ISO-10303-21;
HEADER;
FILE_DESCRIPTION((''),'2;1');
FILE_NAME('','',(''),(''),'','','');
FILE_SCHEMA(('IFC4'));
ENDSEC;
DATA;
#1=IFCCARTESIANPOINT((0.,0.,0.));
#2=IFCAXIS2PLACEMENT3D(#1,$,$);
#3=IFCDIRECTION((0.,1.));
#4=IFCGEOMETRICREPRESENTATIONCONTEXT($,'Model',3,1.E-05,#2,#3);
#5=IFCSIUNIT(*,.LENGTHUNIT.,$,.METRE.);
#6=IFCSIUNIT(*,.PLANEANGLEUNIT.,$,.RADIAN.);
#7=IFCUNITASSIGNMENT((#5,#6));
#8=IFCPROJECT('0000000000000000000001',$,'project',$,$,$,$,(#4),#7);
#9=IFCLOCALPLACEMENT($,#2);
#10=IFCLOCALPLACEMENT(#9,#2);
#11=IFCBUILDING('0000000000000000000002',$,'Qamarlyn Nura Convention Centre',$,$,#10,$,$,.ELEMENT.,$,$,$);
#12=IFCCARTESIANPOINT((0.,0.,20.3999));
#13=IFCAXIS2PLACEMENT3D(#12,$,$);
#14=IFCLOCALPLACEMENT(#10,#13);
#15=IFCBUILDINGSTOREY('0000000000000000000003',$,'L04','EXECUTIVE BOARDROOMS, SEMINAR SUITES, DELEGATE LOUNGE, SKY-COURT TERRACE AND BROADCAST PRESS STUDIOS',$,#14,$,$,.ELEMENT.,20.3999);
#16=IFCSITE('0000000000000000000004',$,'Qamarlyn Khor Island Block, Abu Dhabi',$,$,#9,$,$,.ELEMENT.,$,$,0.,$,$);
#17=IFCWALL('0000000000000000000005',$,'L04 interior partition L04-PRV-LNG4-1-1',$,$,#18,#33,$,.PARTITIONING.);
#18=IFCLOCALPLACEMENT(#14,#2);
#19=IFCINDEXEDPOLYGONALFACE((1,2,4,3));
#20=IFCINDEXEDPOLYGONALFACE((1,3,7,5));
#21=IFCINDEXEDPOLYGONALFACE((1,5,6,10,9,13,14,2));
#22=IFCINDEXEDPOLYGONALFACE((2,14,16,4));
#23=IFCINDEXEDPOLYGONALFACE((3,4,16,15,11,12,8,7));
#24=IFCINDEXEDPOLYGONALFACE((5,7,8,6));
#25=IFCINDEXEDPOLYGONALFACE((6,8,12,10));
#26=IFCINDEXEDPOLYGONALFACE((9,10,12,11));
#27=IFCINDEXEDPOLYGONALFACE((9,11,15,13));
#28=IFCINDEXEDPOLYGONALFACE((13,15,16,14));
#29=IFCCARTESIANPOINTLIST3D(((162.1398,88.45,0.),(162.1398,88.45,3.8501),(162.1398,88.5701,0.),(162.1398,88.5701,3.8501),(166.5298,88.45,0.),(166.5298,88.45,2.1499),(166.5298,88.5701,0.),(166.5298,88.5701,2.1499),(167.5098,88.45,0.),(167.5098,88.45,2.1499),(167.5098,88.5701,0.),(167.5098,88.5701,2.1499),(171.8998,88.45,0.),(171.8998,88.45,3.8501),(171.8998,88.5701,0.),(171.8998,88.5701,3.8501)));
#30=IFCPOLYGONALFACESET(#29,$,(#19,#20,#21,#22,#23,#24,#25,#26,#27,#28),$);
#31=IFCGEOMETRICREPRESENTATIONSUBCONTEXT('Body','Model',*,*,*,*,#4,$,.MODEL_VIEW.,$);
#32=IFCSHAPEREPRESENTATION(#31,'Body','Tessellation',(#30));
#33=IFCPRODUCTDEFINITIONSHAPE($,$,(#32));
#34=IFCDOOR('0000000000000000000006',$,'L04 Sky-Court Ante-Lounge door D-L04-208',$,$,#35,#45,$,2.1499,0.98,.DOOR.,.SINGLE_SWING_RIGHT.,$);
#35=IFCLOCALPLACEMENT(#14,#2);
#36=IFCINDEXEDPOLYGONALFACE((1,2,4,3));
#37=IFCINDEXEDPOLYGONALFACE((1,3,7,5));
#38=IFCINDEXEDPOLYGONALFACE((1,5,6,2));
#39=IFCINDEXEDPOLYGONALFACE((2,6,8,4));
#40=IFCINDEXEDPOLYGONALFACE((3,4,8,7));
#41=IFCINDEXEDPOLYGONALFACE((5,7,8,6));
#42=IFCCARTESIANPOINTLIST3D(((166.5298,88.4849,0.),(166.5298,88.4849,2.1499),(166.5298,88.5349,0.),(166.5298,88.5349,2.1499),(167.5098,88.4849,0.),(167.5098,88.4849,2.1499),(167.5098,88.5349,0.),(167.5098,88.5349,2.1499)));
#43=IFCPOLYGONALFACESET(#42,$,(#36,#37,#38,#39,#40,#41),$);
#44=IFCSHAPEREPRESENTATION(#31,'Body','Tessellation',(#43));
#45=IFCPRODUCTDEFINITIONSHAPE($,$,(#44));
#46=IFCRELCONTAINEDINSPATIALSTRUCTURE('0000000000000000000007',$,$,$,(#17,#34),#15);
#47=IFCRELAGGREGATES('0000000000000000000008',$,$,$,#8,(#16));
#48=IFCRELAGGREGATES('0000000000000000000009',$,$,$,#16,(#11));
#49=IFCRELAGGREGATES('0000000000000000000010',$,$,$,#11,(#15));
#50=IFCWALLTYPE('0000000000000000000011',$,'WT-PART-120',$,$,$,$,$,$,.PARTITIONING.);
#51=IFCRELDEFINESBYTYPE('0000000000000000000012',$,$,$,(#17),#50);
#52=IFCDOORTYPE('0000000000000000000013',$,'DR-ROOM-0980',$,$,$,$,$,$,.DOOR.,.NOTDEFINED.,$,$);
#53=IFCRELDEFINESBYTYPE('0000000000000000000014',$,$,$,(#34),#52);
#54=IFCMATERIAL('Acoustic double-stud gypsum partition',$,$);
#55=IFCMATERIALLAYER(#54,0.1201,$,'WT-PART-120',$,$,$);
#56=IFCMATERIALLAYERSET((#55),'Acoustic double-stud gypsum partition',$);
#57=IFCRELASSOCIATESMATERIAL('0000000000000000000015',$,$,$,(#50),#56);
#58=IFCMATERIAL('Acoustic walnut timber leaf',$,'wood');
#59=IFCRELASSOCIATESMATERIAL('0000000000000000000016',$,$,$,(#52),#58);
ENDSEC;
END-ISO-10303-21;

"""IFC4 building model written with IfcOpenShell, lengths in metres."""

from ifc_helpers import new_model, si_unit, direction, frame, frame_2d, origin, place, context, subcontext, project, spatial, rectangle, extrude, material, layer, layer_set, type_object, element, fill, save


model = new_model("IFC4")

# Units and contexts
model_context = context("Model", 3, precision=1e-05, world=origin(), true_north=direction((0.0, 1.0)))
body_context = subcontext(model_context, "Body", "Model", "MODEL_VIEW")
ifc_project = project(units=[si_unit("LENGTHUNIT", "METRE"), si_unit("PLANEANGLEUNIT", "RADIAN")], contexts=[model_context])

# Site, building, storey
site_placement = place(None, origin())
site = spatial("IfcSite", under=ifc_project, at=site_placement, Name="Qamarlyn Khor Island Block, Abu Dhabi", CompositionType="ELEMENT", RefElevation=0.0)
building_placement = place(site_placement, origin())
building = spatial("IfcBuilding", under=site, at=building_placement, Name="Qamarlyn Nura Convention Centre", CompositionType="ELEMENT")
storey_placement = place(building_placement, frame((0.0, 0.0, 20.3999)))
storey = spatial("IfcBuildingStorey", under=building, at=storey_placement, Name="L04", Description="EXECUTIVE BOARDROOMS, SEMINAR SUITES, DELEGATE LOUNGE, SKY-COURT TERRACE AND BROADCAST PRESS STUDIOS", CompositionType="ELEMENT", Elevation=20.3999)

# Wall, opening, door
ifc_material_1 = material(Name="Acoustic double-stud gypsum partition")
ifc_layer_1 = layer(ifc_material_1, 0.1201, Name="WT-PART-120")
ifc_layer_set_1 = layer_set([ifc_layer_1], Name="Acoustic double-stud gypsum partition")
wall_type_1 = type_object("IfcWallType", Name="WT-PART-120", PredefinedType="PARTITIONING", material=ifc_layer_set_1)
wall_1_placement = place(storey_placement, frame((162.1399, 88.51, 0.0), z_axis=(0.0, 0.0, 1.0), x_axis=(1.0, 0.0, 0.0)))
wall_1 = element("IfcWall", 1, at=wall_1_placement, inside=storey, type_object=wall_type_1, Name="L04 interior partition L04-PRV-LNG4-1-1", PredefinedType="PARTITIONING", context=body_context, shape_type="SweptSolid", body=[
    extrude(rectangle(XDim=9.76, YDim=0.1201, at=frame_2d((4.8799, 0.0))), origin(), (0.0, 0.0, 1.0), 3.8501),
])
opening_1_placement = place(wall_1_placement, frame((4.3899, 0.0, 0.0)))
opening_1 = element("IfcOpeningElement", 2, at=opening_1_placement, cuts=wall_1, PredefinedType="OPENING", context=body_context, shape_type="SweptSolid", body=[
    extrude(rectangle(XDim=0.98, YDim=2.1499, at=frame_2d((0.49, 1.075))), frame((0.0, 0.0701, 0.0), z_axis=(0.0, -1.0, 0.0), x_axis=(1.0, 0.0, 0.0)), (0.0, 0.0, 1.0), 0.1401),
])
ifc_material_2 = material(Name="Acoustic walnut timber leaf", Category="wood")
door_type_1 = type_object("IfcDoorType", Name="DR-ROOM-0980", OperationType="NOTDEFINED", PredefinedType="DOOR", material=ifc_material_2)
door_1_placement = place(opening_1_placement, origin())
door_1 = element("IfcDoor", 3, at=door_1_placement, inside=storey, type_object=door_type_1, Name="L04 Sky-Court Ante-Lounge door D-L04-208", OperationType="SINGLE_SWING_RIGHT", OverallHeight=2.1499, OverallWidth=0.98, PredefinedType="DOOR", context=body_context, shape_type="SweptSolid", body=[
    extrude(rectangle(XDim=0.98, YDim=2.1499, at=frame_2d((0.49, 1.075))), frame((0.0, 0.0249, 0.0), z_axis=(0.0, -1.0, 0.0), x_axis=(1.0, 0.0, 0.0)), (0.0, 0.0, 1.0), 0.05),
])
fill(opening_1, door_1)

save(model, "model.ifc")
